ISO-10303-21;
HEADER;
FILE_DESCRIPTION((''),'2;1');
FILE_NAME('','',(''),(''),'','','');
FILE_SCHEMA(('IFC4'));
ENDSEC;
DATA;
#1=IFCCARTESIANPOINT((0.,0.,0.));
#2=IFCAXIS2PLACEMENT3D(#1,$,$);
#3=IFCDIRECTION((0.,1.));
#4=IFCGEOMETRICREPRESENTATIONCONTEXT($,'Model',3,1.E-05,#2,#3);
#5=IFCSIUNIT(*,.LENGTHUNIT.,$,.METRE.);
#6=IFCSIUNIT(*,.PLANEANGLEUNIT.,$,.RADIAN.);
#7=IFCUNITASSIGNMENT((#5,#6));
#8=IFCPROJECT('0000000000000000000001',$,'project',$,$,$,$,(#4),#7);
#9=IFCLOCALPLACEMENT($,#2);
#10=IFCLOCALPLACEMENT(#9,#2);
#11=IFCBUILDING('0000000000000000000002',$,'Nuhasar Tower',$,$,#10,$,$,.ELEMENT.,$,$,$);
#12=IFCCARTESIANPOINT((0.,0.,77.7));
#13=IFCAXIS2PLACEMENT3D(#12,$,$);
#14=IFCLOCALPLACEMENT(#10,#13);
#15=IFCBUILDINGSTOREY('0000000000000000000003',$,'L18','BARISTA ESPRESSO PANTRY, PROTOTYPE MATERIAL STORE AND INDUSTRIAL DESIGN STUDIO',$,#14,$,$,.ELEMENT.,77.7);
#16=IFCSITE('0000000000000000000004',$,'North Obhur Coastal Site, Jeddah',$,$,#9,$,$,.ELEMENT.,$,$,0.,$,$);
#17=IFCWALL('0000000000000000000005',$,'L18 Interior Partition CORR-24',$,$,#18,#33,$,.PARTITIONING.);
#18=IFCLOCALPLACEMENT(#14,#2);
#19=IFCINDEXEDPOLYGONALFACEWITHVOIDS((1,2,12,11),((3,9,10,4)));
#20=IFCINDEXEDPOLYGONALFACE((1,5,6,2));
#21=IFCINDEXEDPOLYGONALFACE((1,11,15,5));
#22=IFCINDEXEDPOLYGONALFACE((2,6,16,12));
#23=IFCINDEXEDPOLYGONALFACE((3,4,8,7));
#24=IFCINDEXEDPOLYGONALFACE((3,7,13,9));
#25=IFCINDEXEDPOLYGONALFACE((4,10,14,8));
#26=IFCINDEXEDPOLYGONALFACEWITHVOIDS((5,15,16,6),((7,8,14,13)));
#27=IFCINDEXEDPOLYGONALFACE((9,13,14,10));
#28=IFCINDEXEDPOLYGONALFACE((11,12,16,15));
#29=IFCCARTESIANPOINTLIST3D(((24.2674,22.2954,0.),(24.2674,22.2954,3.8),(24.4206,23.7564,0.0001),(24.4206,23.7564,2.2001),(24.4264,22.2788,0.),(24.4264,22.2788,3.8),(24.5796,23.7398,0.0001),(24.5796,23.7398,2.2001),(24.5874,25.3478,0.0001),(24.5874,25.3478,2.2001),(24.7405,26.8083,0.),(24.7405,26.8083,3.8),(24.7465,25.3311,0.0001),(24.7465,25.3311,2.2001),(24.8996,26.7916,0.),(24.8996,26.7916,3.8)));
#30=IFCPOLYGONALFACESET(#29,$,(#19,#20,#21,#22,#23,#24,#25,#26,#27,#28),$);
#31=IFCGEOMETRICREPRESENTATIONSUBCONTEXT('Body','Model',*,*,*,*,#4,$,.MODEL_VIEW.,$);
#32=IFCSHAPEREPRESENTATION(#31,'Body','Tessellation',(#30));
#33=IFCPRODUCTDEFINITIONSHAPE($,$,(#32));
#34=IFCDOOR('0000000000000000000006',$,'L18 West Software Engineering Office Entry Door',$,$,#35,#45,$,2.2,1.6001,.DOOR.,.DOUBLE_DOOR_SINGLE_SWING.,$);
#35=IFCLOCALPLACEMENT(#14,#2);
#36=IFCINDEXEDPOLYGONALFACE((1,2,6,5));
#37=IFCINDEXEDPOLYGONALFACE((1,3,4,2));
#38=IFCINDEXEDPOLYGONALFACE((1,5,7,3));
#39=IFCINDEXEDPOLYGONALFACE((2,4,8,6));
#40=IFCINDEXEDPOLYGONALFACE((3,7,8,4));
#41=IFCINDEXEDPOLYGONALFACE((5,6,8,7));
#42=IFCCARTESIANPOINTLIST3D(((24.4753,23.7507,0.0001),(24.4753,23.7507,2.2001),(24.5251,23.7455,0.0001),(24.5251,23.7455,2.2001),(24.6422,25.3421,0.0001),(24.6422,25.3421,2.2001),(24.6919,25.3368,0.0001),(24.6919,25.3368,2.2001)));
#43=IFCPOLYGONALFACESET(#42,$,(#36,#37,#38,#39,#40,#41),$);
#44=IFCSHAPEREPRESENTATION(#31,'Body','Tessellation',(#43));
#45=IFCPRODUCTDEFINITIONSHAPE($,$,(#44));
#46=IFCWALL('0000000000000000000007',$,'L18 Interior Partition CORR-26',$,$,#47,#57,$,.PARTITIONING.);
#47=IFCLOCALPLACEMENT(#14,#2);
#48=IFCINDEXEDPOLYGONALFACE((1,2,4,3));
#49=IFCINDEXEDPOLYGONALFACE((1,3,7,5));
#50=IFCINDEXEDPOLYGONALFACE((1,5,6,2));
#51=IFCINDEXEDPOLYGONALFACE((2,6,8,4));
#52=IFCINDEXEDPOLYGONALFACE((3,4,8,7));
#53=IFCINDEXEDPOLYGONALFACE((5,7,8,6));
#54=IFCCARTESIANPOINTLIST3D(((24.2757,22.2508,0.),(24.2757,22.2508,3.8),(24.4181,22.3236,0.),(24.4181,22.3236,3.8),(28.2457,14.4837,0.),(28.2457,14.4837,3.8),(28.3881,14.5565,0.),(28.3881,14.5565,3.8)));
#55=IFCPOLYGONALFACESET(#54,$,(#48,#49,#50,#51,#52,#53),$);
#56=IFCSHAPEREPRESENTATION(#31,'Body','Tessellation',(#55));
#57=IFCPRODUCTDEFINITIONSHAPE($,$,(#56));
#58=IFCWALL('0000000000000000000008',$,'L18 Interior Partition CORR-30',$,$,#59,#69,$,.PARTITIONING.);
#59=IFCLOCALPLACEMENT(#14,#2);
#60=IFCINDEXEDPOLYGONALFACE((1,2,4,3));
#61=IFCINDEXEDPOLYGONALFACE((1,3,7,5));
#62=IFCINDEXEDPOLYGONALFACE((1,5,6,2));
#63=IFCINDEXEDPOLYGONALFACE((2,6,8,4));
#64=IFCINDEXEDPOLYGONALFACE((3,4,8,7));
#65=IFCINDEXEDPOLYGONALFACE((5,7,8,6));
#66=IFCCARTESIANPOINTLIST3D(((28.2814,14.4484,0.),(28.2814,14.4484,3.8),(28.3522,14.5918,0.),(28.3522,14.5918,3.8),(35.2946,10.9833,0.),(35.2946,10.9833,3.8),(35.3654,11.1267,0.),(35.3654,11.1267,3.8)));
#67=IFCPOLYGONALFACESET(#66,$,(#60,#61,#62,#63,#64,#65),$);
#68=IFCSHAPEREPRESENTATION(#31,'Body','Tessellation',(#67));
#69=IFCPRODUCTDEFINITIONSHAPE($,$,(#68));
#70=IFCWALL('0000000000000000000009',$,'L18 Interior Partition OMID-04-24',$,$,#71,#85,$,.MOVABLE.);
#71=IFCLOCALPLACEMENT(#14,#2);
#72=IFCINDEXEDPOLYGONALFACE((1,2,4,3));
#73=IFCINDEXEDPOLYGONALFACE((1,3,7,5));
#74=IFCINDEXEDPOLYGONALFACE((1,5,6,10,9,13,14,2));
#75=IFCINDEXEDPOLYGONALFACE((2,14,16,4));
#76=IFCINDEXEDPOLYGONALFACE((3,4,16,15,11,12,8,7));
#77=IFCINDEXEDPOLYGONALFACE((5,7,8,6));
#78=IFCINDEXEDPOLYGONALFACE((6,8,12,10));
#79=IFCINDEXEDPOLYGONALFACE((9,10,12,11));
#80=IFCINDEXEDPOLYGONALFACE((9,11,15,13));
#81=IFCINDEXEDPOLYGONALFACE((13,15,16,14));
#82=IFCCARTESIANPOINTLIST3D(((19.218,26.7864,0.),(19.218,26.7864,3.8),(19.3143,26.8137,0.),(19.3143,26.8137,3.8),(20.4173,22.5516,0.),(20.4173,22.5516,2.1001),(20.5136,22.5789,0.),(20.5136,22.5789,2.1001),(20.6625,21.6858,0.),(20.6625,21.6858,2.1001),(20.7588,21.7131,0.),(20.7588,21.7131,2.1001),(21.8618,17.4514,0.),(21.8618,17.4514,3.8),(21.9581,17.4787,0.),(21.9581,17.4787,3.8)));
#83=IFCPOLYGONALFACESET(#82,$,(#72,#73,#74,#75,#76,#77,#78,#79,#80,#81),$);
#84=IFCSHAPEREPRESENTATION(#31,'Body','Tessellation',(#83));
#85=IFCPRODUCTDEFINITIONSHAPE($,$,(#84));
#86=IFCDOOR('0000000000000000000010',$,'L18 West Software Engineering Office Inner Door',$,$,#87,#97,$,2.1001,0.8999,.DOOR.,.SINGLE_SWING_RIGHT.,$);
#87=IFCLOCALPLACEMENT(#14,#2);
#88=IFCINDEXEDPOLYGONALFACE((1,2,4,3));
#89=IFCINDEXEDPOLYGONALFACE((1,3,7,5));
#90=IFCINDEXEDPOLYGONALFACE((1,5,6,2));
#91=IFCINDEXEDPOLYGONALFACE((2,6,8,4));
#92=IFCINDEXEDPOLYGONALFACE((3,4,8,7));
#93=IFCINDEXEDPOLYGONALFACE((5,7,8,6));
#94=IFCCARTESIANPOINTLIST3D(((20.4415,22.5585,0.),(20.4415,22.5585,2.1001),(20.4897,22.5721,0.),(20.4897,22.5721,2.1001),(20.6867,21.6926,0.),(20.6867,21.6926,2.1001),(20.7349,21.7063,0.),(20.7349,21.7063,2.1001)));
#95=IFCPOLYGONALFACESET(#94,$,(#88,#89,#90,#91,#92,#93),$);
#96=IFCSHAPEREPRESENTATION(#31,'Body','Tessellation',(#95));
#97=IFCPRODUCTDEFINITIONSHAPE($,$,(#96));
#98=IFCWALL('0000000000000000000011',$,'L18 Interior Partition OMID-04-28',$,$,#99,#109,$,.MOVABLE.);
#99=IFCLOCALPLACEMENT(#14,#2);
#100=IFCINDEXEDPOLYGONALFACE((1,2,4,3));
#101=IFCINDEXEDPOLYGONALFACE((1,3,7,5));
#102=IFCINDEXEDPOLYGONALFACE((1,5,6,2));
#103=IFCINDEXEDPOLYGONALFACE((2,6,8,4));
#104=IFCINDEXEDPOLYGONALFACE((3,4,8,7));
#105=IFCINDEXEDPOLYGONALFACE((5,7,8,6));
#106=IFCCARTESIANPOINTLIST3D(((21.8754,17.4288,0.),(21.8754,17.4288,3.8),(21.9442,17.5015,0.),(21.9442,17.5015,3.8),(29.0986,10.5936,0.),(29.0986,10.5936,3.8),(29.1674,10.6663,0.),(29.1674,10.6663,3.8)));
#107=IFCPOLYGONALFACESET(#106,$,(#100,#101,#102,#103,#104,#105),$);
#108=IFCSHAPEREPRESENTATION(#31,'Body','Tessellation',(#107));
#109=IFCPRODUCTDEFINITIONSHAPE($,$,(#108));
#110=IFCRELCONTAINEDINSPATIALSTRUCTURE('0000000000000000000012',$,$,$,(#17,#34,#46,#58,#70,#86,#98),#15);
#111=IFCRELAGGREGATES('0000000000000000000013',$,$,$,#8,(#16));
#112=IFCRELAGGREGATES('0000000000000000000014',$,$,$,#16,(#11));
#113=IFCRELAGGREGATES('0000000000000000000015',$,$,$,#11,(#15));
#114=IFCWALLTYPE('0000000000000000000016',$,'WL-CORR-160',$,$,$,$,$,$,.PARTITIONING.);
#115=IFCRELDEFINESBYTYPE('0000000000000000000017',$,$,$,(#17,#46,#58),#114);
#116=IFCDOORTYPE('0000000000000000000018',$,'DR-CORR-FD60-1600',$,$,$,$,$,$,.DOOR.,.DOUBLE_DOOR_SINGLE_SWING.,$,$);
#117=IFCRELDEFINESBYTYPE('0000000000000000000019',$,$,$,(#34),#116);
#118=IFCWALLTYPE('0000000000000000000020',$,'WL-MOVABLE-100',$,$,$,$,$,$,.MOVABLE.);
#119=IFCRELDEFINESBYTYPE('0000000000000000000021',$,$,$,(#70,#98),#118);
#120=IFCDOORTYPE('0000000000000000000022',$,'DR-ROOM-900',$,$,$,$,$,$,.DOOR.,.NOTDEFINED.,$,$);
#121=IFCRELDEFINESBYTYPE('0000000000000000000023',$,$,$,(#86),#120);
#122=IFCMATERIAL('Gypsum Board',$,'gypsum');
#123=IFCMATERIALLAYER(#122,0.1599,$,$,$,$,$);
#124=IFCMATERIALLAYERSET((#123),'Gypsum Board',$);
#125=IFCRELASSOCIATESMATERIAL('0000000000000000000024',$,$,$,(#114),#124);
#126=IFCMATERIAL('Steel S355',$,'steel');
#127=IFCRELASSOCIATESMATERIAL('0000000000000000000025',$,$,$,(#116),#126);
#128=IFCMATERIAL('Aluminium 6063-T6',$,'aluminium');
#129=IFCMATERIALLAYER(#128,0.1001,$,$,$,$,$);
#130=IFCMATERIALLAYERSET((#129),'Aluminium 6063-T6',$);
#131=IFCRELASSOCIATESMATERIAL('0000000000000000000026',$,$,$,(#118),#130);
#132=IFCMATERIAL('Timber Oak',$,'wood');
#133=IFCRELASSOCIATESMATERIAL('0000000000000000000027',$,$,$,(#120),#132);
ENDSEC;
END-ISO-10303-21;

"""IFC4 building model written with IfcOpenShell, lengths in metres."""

from ifc_helpers import new_model, si_unit, direction, frame, frame_2d, origin, place, context, subcontext, project, spatial, rectangle, extrude, material, layer, layer_set, type_object, element, fill, save


model = new_model("IFC4")

# Units and contexts
model_context = context("Model", 3, precision=1e-05, world=origin(), true_north=direction((0.0, 1.0)))
body_context = subcontext(model_context, "Body", "Model", "MODEL_VIEW")
ifc_project = project(units=[si_unit("LENGTHUNIT", "METRE"), si_unit("PLANEANGLEUNIT", "RADIAN")], contexts=[model_context])

# Site, building, storey
site_placement = place(None, origin())
site = spatial("IfcSite", under=ifc_project, at=site_placement, Name="North Obhur Coastal Site, Jeddah", CompositionType="ELEMENT", RefElevation=0.0)
building_placement = place(site_placement, origin())
building = spatial("IfcBuilding", under=site, at=building_placement, Name="Nuhasar Tower", CompositionType="ELEMENT")
storey_placement = place(building_placement, frame((0.0, 0.0, 77.7)))
storey = spatial("IfcBuildingStorey", under=building, at=storey_placement, Name="L18", Description="BARISTA ESPRESSO PANTRY, PROTOTYPE MATERIAL STORE AND INDUSTRIAL DESIGN STUDIO", CompositionType="ELEMENT", Elevation=77.7)

# Shared definitions
ifc_material_1 = material(Name="Steel S355", Category="steel")

# Shared definitions
ifc_material_2 = material(Name="Aluminium 6063-T6", Category="aluminium")

# Wall, opening, door
ifc_material_3 = material(Name="Gypsum Board", Category="gypsum")
ifc_layer_1 = layer(ifc_material_3, 0.1599)
ifc_layer_set_1 = layer_set([ifc_layer_1], Name="Gypsum Board")
wall_type_1 = type_object("IfcWallType", Name="WL-CORR-160", PredefinedType="PARTITIONING", material=ifc_layer_set_1)
wall_1_placement = place(storey_placement, frame((24.3469, 22.2871, 0.0), z_axis=(0.0, 0.0, 1.0), x_axis=(0.10427, 0.994549, 0.0)))
wall_1 = element("IfcWall", 1, at=wall_1_placement, inside=storey, type_object=wall_type_1, Name="L18 Interior Partition CORR-24", PredefinedType="PARTITIONING", context=body_context, shape_type="SweptSolid", body=[
    extrude(rectangle(XDim=4.5376, YDim=0.1599, at=frame_2d((2.2688, 0.0))), origin(), (0.0, 0.0, 1.0), 3.8),
])
opening_1_placement = place(wall_1_placement, frame((1.469, 0.0, 0.0)))
opening_1 = element("IfcOpeningElement", 2, at=opening_1_placement, cuts=wall_1, PredefinedType="OPENING", context=body_context, shape_type="SweptSolid", body=[
    extrude(rectangle(XDim=1.6001, YDim=2.2, at=frame_2d((0.8, 1.1001))), frame((0.0, 0.0898, 0.0), z_axis=(0.0, -1.0, 0.0), x_axis=(1.0, 0.0, 0.0)), (0.0, 0.0, 1.0), 0.1799),
])
door_type_1 = type_object("IfcDoorType", Name="DR-CORR-FD60-1600", OperationType="DOUBLE_DOOR_SINGLE_SWING", PredefinedType="DOOR", material=ifc_material_1)
door_1_placement = place(opening_1_placement, origin())
door_1 = element("IfcDoor", 3, at=door_1_placement, inside=storey, type_object=door_type_1, Name="L18 West Software Engineering Office Entry Door", OperationType="DOUBLE_DOOR_SINGLE_SWING", OverallHeight=2.2, OverallWidth=1.6001, PredefinedType="DOOR", context=body_context, shape_type="SweptSolid", body=[
    extrude(rectangle(XDim=1.6001, YDim=2.2, at=frame_2d((0.8, 1.1001))), frame((0.0, 0.0249, 0.0), z_axis=(0.0, -1.0, 0.0), x_axis=(1.0, 0.0, 0.0)), (0.0, 0.0, 1.0), 0.05),
])
fill(opening_1, door_1)

# Walls
wall_2_placement = place(storey_placement, frame((24.3469, 22.2871, 0.0), z_axis=(0.0, 0.0, 1.0), x_axis=(0.455122, -0.890429, 0.0)))
element("IfcWall", 4, at=wall_2_placement, inside=storey, type_object=wall_type_1, Name="L18 Interior Partition CORR-26", PredefinedType="PARTITIONING", context=body_context, shape_type="SweptSolid", body=[
    extrude(rectangle(XDim=8.7229, YDim=0.1599, at=frame_2d((4.3613, 0.0))), origin(), (0.0, 0.0, 1.0), 3.8),
])
wall_3_placement = place(storey_placement, frame((28.3169, 14.52, 0.0), z_axis=(0.0, 0.0, 1.0), x_axis=(0.896539, -0.442964, 0.0)))
element("IfcWall", 5, at=wall_3_placement, inside=storey, type_object=wall_type_1, Name="L18 Interior Partition CORR-30", PredefinedType="PARTITIONING", context=body_context, shape_type="SweptSolid", body=[
    extrude(rectangle(XDim=7.8225, YDim=0.1599, at=frame_2d((3.9111, 0.0))), origin(), (0.0, 0.0, 1.0), 3.8),
])

# Wall, opening, door
ifc_layer_2 = layer(ifc_material_2, 0.1001)
ifc_layer_set_2 = layer_set([ifc_layer_2], Name="Aluminium 6063-T6")
wall_type_2 = type_object("IfcWallType", Name="WL-MOVABLE-100", PredefinedType="MOVABLE", material=ifc_layer_set_2)
wall_4_placement = place(storey_placement, frame((21.9099, 17.4651, 0.0), z_axis=(0.0, 0.0, 1.0), x_axis=(-0.272497, 0.962157, 0.0)))
wall_4 = element("IfcWall", 6, at=wall_4_placement, inside=storey, type_object=wall_type_2, Name="L18 Interior Partition OMID-04-24", PredefinedType="MOVABLE", context=body_context, shape_type="SweptSolid", body=[
    extrude(rectangle(XDim=9.7021, YDim=0.1001, at=frame_2d((4.8511, 0.0))), origin(), (0.0, 0.0, 1.0), 3.8),
])
opening_2_placement = place(wall_4_placement, frame((4.4009, 0.0, 0.0)))
opening_2 = element("IfcOpeningElement", 7, at=opening_2_placement, cuts=wall_4, PredefinedType="OPENING", context=body_context, shape_type="SweptSolid", body=[
    extrude(rectangle(XDim=0.8999, YDim=2.1001, at=frame_2d((0.45, 1.05))), frame((0.0, 0.0601, 0.0), z_axis=(0.0, -1.0, 0.0), x_axis=(1.0, 0.0, 0.0)), (0.0, 0.0, 1.0), 0.1201),
])
ifc_material_4 = material(Name="Timber Oak", Category="wood")
door_type_2 = type_object("IfcDoorType", Name="DR-ROOM-900", OperationType="NOTDEFINED", PredefinedType="DOOR", material=ifc_material_4)
door_2_placement = place(opening_2_placement, origin())
door_2 = element("IfcDoor", 8, at=door_2_placement, inside=storey, type_object=door_type_2, Name="L18 West Software Engineering Office Inner Door", OperationType="SINGLE_SWING_RIGHT", OverallHeight=2.1001, OverallWidth=0.8999, PredefinedType="DOOR", context=body_context, shape_type="SweptSolid", body=[
    extrude(rectangle(XDim=0.8999, YDim=2.1001, at=frame_2d((0.45, 1.05))), frame((0.0, 0.0249, 0.0), z_axis=(0.0, -1.0, 0.0), x_axis=(1.0, 0.0, 0.0)), (0.0, 0.0, 1.0), 0.05),
])
fill(opening_2, door_2)

# Wall
wall_5_placement = place(storey_placement, frame((21.9099, 17.4651, 0.0), z_axis=(0.0, 0.0, 1.0), x_axis=(0.726343, -0.687333, 0.0)))
element("IfcWall", 9, at=wall_5_placement, inside=storey, type_object=wall_type_2, Name="L18 Interior Partition OMID-04-28", PredefinedType="MOVABLE", context=body_context, shape_type="SweptSolid", body=[
    extrude(rectangle(XDim=9.9446, YDim=0.1001, at=frame_2d((4.9722, 0.0))), origin(), (0.0, 0.0, 1.0), 3.8),
])

save(model, "model.ifc")
